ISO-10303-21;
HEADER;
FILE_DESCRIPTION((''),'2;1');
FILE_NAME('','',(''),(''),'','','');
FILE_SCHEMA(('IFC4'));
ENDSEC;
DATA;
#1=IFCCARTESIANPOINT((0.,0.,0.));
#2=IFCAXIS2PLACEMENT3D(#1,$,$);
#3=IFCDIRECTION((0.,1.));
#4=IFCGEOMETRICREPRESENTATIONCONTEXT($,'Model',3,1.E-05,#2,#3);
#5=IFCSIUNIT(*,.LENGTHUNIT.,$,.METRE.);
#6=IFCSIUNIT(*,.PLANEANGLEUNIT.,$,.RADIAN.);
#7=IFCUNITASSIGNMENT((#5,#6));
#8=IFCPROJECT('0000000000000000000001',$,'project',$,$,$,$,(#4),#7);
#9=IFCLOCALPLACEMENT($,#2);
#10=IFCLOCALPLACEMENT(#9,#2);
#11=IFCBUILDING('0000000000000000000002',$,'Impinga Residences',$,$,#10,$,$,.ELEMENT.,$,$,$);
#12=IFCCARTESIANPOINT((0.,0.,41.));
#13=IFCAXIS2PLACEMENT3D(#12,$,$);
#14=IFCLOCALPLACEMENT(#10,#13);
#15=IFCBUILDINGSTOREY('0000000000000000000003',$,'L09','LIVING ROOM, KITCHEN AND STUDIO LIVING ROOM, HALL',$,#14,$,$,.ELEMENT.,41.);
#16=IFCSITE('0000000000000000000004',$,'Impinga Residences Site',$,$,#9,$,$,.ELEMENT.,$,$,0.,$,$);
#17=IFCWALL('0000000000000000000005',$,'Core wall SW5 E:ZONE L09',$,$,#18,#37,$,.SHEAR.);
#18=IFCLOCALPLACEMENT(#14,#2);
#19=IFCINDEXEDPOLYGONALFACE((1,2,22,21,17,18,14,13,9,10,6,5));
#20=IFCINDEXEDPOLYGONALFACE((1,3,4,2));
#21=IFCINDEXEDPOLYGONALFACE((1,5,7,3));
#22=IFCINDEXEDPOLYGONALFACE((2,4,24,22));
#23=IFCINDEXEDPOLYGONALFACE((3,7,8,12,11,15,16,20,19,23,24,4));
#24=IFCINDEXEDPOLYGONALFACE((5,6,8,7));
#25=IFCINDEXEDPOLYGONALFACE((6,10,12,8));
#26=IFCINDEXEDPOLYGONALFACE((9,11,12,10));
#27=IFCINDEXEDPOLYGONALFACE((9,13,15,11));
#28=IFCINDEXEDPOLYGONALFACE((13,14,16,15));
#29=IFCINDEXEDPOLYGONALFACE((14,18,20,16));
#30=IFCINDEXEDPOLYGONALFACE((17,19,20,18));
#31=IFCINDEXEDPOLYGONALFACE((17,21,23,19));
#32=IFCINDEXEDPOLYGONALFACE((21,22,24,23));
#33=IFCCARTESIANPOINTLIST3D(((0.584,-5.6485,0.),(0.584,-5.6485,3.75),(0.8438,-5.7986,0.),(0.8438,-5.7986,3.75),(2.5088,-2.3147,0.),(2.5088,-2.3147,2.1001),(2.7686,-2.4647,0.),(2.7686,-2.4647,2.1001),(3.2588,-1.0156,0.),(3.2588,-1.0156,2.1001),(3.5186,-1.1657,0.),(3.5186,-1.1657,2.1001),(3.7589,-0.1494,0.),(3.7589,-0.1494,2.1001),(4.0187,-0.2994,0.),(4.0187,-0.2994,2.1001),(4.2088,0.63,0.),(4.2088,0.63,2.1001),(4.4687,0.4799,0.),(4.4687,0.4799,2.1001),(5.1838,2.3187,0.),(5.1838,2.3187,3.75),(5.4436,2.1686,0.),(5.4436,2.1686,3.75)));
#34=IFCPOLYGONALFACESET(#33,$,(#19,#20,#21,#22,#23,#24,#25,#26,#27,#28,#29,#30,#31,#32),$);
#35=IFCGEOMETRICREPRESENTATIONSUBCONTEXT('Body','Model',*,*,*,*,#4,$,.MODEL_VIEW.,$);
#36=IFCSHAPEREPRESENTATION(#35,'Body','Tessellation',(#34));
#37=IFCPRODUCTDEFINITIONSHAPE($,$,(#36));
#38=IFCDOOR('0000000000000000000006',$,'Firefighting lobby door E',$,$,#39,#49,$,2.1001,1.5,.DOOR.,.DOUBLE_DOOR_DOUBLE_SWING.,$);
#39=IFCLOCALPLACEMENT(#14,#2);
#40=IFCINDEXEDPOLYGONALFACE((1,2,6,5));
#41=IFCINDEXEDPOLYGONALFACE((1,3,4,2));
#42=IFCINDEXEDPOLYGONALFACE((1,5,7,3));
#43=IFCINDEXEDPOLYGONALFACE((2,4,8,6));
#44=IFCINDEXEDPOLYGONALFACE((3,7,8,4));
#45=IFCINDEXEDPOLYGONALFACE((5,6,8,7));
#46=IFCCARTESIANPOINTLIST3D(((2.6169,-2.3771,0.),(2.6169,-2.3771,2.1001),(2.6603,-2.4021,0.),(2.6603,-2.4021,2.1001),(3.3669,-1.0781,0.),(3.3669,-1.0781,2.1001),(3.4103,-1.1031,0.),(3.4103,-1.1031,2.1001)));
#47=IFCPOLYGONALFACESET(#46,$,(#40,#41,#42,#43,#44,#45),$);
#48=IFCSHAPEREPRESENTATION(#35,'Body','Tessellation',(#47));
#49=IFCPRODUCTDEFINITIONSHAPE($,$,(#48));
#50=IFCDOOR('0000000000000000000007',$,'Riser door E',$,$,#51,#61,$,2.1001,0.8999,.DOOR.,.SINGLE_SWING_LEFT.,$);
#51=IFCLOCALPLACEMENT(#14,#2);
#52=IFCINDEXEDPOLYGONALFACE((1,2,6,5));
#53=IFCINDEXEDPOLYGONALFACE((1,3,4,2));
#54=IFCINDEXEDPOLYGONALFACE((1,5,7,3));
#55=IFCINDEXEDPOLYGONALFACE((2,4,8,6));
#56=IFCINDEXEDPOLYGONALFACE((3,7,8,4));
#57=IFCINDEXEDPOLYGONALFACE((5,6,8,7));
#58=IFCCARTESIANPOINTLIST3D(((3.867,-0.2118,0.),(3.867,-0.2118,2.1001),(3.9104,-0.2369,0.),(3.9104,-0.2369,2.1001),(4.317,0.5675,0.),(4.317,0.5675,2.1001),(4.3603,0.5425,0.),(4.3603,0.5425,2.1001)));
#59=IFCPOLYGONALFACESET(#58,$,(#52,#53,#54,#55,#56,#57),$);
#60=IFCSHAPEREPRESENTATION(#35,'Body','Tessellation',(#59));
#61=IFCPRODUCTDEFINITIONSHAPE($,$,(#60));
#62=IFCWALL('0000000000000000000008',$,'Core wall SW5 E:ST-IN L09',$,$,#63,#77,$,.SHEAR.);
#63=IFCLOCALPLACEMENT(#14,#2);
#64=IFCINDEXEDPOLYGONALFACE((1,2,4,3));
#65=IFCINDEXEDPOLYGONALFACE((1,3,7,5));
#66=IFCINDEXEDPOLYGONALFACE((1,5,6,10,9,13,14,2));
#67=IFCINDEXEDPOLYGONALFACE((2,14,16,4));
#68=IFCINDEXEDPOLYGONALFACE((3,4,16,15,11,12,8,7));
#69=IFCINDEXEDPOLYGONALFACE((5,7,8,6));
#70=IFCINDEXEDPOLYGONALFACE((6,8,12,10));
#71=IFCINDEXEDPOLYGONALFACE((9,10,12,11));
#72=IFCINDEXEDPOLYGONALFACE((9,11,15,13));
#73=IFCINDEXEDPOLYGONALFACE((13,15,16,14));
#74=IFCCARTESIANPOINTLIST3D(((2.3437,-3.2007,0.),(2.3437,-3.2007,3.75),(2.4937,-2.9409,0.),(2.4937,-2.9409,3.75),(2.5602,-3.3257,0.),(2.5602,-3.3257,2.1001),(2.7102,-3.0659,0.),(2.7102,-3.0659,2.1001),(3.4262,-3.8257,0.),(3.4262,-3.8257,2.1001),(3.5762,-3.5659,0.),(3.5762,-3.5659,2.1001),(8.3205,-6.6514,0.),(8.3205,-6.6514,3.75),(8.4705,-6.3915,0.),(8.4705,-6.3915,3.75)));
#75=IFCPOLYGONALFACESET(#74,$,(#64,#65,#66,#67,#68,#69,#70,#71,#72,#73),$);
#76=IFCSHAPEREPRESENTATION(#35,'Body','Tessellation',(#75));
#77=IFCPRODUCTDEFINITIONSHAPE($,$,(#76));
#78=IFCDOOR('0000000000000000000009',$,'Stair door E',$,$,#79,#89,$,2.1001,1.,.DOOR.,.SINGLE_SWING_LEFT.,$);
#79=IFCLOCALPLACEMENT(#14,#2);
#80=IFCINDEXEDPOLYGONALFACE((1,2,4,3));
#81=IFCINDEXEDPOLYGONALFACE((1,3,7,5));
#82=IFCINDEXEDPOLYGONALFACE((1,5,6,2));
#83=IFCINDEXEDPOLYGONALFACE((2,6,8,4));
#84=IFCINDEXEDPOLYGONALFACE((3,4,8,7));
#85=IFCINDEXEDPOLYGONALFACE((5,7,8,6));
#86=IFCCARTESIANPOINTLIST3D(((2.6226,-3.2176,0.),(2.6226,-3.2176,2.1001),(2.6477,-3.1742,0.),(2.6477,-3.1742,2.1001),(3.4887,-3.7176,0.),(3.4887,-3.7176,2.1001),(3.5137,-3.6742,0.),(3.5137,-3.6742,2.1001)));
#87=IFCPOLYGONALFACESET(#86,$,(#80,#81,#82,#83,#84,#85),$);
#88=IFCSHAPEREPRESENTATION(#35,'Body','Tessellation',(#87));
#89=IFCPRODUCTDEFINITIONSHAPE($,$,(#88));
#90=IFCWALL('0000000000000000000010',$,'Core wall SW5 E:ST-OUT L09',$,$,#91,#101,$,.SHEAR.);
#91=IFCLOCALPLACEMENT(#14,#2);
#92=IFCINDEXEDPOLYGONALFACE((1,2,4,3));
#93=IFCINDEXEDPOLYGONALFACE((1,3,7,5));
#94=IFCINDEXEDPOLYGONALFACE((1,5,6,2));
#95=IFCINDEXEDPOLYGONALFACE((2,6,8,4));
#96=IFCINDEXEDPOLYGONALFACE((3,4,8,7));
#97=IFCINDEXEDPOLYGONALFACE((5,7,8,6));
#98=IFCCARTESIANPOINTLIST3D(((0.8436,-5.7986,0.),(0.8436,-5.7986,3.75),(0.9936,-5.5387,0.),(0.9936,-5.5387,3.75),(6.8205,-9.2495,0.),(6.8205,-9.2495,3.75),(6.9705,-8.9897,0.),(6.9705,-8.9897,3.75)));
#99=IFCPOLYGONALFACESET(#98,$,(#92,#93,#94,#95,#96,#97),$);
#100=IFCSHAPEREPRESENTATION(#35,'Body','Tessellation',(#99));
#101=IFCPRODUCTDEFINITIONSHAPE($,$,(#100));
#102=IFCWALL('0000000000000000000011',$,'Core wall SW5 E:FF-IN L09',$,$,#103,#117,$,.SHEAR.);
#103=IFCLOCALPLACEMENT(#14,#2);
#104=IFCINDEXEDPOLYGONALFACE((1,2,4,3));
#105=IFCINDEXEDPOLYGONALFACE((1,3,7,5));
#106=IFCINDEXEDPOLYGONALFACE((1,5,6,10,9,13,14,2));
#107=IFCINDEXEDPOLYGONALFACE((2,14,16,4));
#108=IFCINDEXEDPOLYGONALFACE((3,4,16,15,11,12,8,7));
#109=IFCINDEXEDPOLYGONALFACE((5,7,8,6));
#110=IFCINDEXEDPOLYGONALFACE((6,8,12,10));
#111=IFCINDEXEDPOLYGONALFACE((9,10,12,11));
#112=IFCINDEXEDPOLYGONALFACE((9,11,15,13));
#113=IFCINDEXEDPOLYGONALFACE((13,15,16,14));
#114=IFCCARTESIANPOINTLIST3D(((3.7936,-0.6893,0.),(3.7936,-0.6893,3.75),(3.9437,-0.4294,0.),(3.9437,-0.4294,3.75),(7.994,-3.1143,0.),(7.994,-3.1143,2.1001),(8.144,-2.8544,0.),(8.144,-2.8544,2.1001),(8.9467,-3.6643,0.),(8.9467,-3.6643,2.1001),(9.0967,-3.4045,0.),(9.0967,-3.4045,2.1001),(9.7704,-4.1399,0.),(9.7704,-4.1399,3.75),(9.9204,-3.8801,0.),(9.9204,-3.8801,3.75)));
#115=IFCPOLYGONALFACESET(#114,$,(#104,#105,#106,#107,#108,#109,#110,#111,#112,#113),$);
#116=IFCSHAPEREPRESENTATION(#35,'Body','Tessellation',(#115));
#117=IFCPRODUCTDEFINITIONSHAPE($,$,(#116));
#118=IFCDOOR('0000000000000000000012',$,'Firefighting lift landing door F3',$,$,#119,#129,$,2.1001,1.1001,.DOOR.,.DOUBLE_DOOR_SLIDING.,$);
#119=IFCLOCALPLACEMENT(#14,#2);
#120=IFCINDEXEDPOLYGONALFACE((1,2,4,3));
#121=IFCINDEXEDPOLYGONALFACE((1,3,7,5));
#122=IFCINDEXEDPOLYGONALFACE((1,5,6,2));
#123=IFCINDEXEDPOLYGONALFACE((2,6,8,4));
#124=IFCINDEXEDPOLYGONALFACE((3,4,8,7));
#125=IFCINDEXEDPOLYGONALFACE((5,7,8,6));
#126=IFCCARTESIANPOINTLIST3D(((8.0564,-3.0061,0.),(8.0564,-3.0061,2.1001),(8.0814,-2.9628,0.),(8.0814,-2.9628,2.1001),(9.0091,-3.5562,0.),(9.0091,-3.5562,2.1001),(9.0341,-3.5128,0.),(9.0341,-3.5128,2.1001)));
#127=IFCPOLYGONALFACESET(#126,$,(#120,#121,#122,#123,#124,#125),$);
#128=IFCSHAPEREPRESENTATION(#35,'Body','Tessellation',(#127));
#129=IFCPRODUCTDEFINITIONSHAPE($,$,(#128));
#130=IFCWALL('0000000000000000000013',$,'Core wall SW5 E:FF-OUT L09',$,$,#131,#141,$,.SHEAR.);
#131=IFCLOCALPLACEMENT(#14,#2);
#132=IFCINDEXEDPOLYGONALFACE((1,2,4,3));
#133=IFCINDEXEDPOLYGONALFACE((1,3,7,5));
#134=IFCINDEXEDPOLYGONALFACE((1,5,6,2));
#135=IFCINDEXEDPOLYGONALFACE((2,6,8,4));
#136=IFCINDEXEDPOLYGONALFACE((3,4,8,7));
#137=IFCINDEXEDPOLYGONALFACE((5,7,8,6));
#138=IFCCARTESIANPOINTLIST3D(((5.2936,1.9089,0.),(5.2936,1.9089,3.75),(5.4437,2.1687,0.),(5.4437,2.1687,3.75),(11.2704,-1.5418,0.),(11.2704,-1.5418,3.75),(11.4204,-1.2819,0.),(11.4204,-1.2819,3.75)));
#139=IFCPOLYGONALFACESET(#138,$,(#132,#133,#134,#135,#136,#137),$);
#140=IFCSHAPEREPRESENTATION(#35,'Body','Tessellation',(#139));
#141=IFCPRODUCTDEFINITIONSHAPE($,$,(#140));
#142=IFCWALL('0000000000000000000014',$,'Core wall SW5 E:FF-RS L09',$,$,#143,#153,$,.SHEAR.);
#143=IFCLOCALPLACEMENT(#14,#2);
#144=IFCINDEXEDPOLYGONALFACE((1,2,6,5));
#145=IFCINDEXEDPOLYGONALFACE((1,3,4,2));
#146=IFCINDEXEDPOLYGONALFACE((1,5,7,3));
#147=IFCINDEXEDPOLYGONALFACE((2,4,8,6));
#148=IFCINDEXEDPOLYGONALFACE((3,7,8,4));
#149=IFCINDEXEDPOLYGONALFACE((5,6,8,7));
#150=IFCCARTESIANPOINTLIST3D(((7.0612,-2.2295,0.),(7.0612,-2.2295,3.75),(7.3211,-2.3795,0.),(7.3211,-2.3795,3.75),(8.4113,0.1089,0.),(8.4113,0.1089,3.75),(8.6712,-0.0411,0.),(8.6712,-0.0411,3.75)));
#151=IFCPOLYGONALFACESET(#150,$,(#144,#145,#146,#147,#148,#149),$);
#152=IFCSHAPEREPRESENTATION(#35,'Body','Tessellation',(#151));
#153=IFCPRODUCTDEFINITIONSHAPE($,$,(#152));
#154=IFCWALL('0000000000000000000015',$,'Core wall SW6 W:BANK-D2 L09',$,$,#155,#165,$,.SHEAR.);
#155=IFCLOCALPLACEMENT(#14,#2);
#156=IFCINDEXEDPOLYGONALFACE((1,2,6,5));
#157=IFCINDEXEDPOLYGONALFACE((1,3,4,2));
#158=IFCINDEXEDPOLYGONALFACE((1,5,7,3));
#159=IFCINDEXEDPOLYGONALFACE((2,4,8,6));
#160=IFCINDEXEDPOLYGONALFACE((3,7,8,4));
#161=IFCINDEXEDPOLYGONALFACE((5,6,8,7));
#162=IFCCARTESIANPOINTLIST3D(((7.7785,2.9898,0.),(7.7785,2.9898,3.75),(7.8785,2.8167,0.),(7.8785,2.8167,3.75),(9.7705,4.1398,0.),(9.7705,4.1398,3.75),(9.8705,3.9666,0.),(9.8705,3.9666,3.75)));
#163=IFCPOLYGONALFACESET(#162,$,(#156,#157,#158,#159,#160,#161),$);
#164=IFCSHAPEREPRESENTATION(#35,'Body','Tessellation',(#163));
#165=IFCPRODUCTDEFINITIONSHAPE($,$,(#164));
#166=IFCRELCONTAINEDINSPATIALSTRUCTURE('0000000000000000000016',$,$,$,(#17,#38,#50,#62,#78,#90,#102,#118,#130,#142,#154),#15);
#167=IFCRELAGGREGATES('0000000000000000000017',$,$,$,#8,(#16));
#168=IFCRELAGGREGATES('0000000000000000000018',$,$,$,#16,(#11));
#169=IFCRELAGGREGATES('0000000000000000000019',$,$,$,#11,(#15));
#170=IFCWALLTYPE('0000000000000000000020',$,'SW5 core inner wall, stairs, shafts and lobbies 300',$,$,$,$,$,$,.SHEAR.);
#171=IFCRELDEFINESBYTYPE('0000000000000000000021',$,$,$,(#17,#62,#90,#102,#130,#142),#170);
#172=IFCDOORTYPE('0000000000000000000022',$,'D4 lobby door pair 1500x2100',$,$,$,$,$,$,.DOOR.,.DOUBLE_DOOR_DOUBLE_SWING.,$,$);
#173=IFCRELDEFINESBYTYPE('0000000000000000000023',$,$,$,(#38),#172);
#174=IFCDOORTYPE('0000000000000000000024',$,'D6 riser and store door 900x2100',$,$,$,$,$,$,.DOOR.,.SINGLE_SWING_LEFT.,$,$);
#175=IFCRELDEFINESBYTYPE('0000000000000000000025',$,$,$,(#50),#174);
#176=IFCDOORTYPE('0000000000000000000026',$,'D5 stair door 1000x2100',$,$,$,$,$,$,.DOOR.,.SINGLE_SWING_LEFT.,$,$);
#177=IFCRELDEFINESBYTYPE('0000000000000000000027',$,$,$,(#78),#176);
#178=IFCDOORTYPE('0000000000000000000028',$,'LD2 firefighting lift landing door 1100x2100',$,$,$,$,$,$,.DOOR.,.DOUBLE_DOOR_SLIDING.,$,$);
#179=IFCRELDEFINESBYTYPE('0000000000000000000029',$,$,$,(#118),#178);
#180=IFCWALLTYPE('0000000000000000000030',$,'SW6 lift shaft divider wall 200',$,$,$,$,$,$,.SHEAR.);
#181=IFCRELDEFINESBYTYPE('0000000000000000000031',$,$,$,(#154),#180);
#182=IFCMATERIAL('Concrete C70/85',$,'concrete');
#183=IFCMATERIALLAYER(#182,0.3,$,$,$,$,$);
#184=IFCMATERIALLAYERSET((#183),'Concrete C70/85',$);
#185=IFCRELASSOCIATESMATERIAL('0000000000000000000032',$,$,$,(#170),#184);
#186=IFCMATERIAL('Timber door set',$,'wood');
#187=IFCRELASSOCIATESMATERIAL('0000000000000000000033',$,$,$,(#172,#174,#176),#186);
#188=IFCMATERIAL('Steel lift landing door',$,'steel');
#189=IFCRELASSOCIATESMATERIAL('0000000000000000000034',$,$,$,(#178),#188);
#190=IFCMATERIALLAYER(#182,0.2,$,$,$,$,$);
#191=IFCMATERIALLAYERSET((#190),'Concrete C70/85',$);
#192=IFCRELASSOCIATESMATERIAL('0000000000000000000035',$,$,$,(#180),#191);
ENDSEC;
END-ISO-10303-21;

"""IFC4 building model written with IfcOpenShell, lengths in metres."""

from ifc_helpers import new_model, si_unit, direction, frame, frame_2d, origin, place, context, subcontext, project, spatial, rectangle, extrude, material, layer, layer_set, type_object, element, fill, save


model = new_model("IFC4")

# Units and contexts
model_context = context("Model", 3, precision=1e-05, world=origin(), true_north=direction((0.0, 1.0)))
body_context = subcontext(model_context, "Body", "Model", "MODEL_VIEW")
ifc_project = project(units=[si_unit("LENGTHUNIT", "METRE"), si_unit("PLANEANGLEUNIT", "RADIAN")], contexts=[model_context])

# Site, building, storey
site_placement = place(None, origin())
site = spatial("IfcSite", under=ifc_project, at=site_placement, Name="Impinga Residences Site", CompositionType="ELEMENT", RefElevation=0.0)
building_placement = place(site_placement, origin())
building = spatial("IfcBuilding", under=site, at=building_placement, Name="Impinga Residences", CompositionType="ELEMENT")
storey_placement = place(building_placement, frame((0.0, 0.0, 41.0)))
storey = spatial("IfcBuildingStorey", under=building, at=storey_placement, Name="L09", Description="LIVING ROOM, KITCHEN AND STUDIO LIVING ROOM, HALL", CompositionType="ELEMENT", Elevation=41.0)

# Wall, openings, doors
ifc_material_1 = material(Name="Concrete C70/85", Category="concrete")
ifc_layer_1 = layer(ifc_material_1, 0.3)
ifc_layer_set_1 = layer_set([ifc_layer_1], Name="Concrete C70/85")
wall_type_1 = type_object("IfcWallType", Name="SW5 core inner wall, stairs, shafts and lobbies 300", PredefinedType="SHEAR", material=ifc_layer_set_1)
wall_1_placement = place(storey_placement, frame((5.3137, 2.2437, 0.0), z_axis=(0.0, 0.0, 1.0), x_axis=(-0.499995, -0.866028, 0.0)))
wall_1 = element("IfcWall", 1, at=wall_1_placement, inside=storey, type_object=wall_type_1, Name="Core wall SW5 E:ZONE L09", PredefinedType="SHEAR", context=body_context, shape_type="SweptSolid", body=[
    extrude(rectangle(XDim=9.1997, YDim=0.3, at=frame_2d((4.5999, 0.0))), origin(), (0.0, 0.0, 1.0), 3.75),
])
opening_1_placement = place(wall_1_placement, frame((3.8501, 0.0, 0.0)))
opening_1 = element("IfcOpeningElement", 2, at=opening_1_placement, cuts=wall_1, PredefinedType="OPENING", context=body_context, shape_type="SweptSolid", body=[
    extrude(rectangle(XDim=1.5, YDim=2.1001, at=frame_2d((0.75, 1.05))), frame((0.0, 0.1599, 0.0), z_axis=(0.0, -1.0, 0.0), x_axis=(1.0, 0.0, 0.0)), (0.0, 0.0, 1.0), 0.3201),
])
opening_2_placement = place(wall_1_placement, frame((1.95, 0.0, 0.0)))
opening_2 = element("IfcOpeningElement", 3, at=opening_2_placement, cuts=wall_1, PredefinedType="OPENING", context=body_context, shape_type="SweptSolid", body=[
    extrude(rectangle(XDim=0.8999, YDim=2.1001, at=frame_2d((0.45, 1.05))), frame((0.0, 0.1599, 0.0), z_axis=(0.0, -1.0, 0.0), x_axis=(1.0, 0.0, 0.0)), (0.0, 0.0, 1.0), 0.3201),
])
ifc_material_2 = material(Name="Timber door set", Category="wood")
door_type_1 = type_object("IfcDoorType", Name="D4 lobby door pair 1500x2100", OperationType="DOUBLE_DOOR_DOUBLE_SWING", PredefinedType="DOOR", material=ifc_material_2)
door_1_placement = place(opening_1_placement, origin())
door_1 = element("IfcDoor", 4, at=door_1_placement, inside=storey, type_object=door_type_1, Name="Firefighting lobby door E", OperationType="DOUBLE_DOOR_DOUBLE_SWING", OverallHeight=2.1001, OverallWidth=1.5, PredefinedType="DOOR", context=body_context, shape_type="SweptSolid", body=[
    extrude(rectangle(XDim=1.5, YDim=2.1001, at=frame_2d((0.75, 1.05))), frame((0.0, 0.0249, 0.0), z_axis=(0.0, -1.0, 0.0), x_axis=(1.0, 0.0, 0.0)), (0.0, 0.0, 1.0), 0.05),
])
fill(opening_1, door_1)
door_type_2 = type_object("IfcDoorType", Name="D6 riser and store door 900x2100", OperationType="SINGLE_SWING_LEFT", PredefinedType="DOOR", material=ifc_material_2)
door_2_placement = place(opening_2_placement, origin())
door_2 = element("IfcDoor", 5, at=door_2_placement, inside=storey, type_object=door_type_2, Name="Riser door E", OperationType="SINGLE_SWING_LEFT", OverallHeight=2.1001, OverallWidth=0.8999, PredefinedType="DOOR", context=body_context, shape_type="SweptSolid", body=[
    extrude(rectangle(XDim=0.8999, YDim=2.1001, at=frame_2d((0.45, 1.05))), frame((0.0, 0.0249, 0.0), z_axis=(0.0, -1.0, 0.0), x_axis=(1.0, 0.0, 0.0)), (0.0, 0.0, 1.0), 0.05),
])
fill(opening_2, door_2)

# Wall, opening, door
wall_2_placement = place(storey_placement, frame((2.4187, -3.0708, 0.0), z_axis=(0.0, 0.0, 1.0), x_axis=(0.866027, -0.499997, 0.0)))
wall_2 = element("IfcWall", 6, at=wall_2_placement, inside=storey, type_object=wall_type_1, Name="Core wall SW5 E:ST-IN L09", PredefinedType="SHEAR", context=body_context, shape_type="SweptSolid", body=[
    extrude(rectangle(XDim=6.9014, YDim=0.3, at=frame_2d((3.4507, 0.0))), origin(), (0.0, 0.0, 1.0), 3.75),
])
opening_3_placement = place(wall_2_placement, frame((0.25, 0.0, 0.0)))
opening_3 = element("IfcOpeningElement", 7, at=opening_3_placement, cuts=wall_2, PredefinedType="OPENING", context=body_context, shape_type="SweptSolid", body=[
    extrude(rectangle(XDim=1.0, YDim=2.1001, at=frame_2d((0.5, 1.05))), frame((0.0, 0.1599, 0.0), z_axis=(0.0, -1.0, 0.0), x_axis=(1.0, 0.0, 0.0)), (0.0, 0.0, 1.0), 0.3201),
])
door_type_3 = type_object("IfcDoorType", Name="D5 stair door 1000x2100", OperationType="SINGLE_SWING_LEFT", PredefinedType="DOOR", material=ifc_material_2)
door_3_placement = place(opening_3_placement, origin())
door_3 = element("IfcDoor", 8, at=door_3_placement, inside=storey, type_object=door_type_3, Name="Stair door E", OperationType="SINGLE_SWING_LEFT", OverallHeight=2.1001, OverallWidth=1.0, PredefinedType="DOOR", context=body_context, shape_type="SweptSolid", body=[
    extrude(rectangle(XDim=1.0, YDim=2.1001, at=frame_2d((0.5, 1.05))), frame((0.0, 0.0249, 0.0), z_axis=(0.0, -1.0, 0.0), x_axis=(1.0, 0.0, 0.0)), (0.0, 0.0, 1.0), 0.05),
])
fill(opening_3, door_3)

# Wall
wall_3_placement = place(storey_placement, frame((0.9187, -5.6687, 0.0), z_axis=(0.0, 0.0, 1.0), x_axis=(0.866012, -0.500024, 0.0)))
element("IfcWall", 9, at=wall_3_placement, inside=storey, type_object=wall_type_1, Name="Core wall SW5 E:ST-OUT L09", PredefinedType="SHEAR", context=body_context, shape_type="SweptSolid", body=[
    extrude(rectangle(XDim=6.9016, YDim=0.3, at=frame_2d((3.4507, 0.0))), origin(), (0.0, 0.0, 1.0), 3.75),
])

# Wall, opening, door
wall_4_placement = place(storey_placement, frame((3.8687, -0.5593, 0.0), z_axis=(0.0, 0.0, 1.0), x_axis=(0.866027, -0.499997, 0.0)))
wall_4 = element("IfcWall", 10, at=wall_4_placement, inside=storey, type_object=wall_type_1, Name="Core wall SW5 E:FF-IN L09", PredefinedType="SHEAR", context=body_context, shape_type="SweptSolid", body=[
    extrude(rectangle(XDim=6.9014, YDim=0.3, at=frame_2d((3.4507, 0.0))), origin(), (0.0, 0.0, 1.0), 3.75),
])
opening_4_placement = place(wall_4_placement, frame((4.8501, 0.0, 0.0)))
opening_4 = element("IfcOpeningElement", 11, at=opening_4_placement, cuts=wall_4, PredefinedType="OPENING", context=body_context, shape_type="SweptSolid", body=[
    extrude(rectangle(XDim=1.1001, YDim=2.1001, at=frame_2d((0.55, 1.05))), frame((0.0, 0.1599, 0.0), z_axis=(0.0, -1.0, 0.0), x_axis=(1.0, 0.0, 0.0)), (0.0, 0.0, 1.0), 0.3201),
])
ifc_material_3 = material(Name="Steel lift landing door", Category="steel")
door_type_4 = type_object("IfcDoorType", Name="LD2 firefighting lift landing door 1100x2100", OperationType="DOUBLE_DOOR_SLIDING", PredefinedType="DOOR", material=ifc_material_3)
door_4_placement = place(opening_4_placement, origin())
door_4 = element("IfcDoor", 12, at=door_4_placement, inside=storey, type_object=door_type_4, Name="Firefighting lift landing door F3", OperationType="DOUBLE_DOOR_SLIDING", OverallHeight=2.1001, OverallWidth=1.1001, PredefinedType="DOOR", context=body_context, shape_type="SweptSolid", body=[
    extrude(rectangle(XDim=1.1001, YDim=2.1001, at=frame_2d((0.55, 1.05))), frame((0.0, 0.0249, 0.0), z_axis=(0.0, -1.0, 0.0), x_axis=(1.0, 0.0, 0.0)), (0.0, 0.0, 1.0), 0.05),
])
fill(opening_4, door_4)

# Walls
wall_5_placement = place(storey_placement, frame((5.3687, 2.0388, 0.0), z_axis=(0.0, 0.0, 1.0), x_axis=(0.866027, -0.499997, 0.0)))
element("IfcWall", 13, at=wall_5_placement, inside=storey, type_object=wall_type_1, Name="Core wall SW5 E:FF-OUT L09", PredefinedType="SHEAR", context=body_context, shape_type="SweptSolid", body=[
    extrude(rectangle(XDim=6.9014, YDim=0.3, at=frame_2d((3.4507, 0.0))), origin(), (0.0, 0.0, 1.0), 3.75),
])
wall_6_placement = place(storey_placement, frame((8.5413, 0.0339, 0.0), z_axis=(0.0, 0.0, 1.0), x_axis=(-0.500009, -0.86602, 0.0)))
element("IfcWall", 14, at=wall_6_placement, inside=storey, type_object=wall_type_1, Name="Core wall SW5 E:FF-RS L09", PredefinedType="SHEAR", context=body_context, shape_type="SweptSolid", body=[
    extrude(rectangle(XDim=2.7002, YDim=0.3, at=frame_2d((1.3501, 0.0))), origin(), (0.0, 0.0, 1.0), 3.75),
])
ifc_layer_2 = layer(ifc_material_1, 0.2)
ifc_layer_set_2 = layer_set([ifc_layer_2], Name="Concrete C70/85")
wall_type_2 = type_object("IfcWallType", Name="SW6 lift shaft divider wall 200", PredefinedType="SHEAR", material=ifc_layer_set_2)
wall_7_placement = place(storey_placement, frame((7.8286, 2.9033, 0.0), z_axis=(0.0, 0.0, 1.0), x_axis=(0.866053, 0.499952, 0.0)))
element("IfcWall", 15, at=wall_7_placement, inside=storey, type_object=wall_type_2, Name="Core wall SW6 W:BANK-D2 L09", PredefinedType="SHEAR", context=body_context, shape_type="SweptSolid", body=[
    extrude(rectangle(XDim=2.3, YDim=0.2, at=frame_2d((1.1499, 0.0))), origin(), (0.0, 0.0, 1.0), 3.75),
])

save(model, "model.ifc")
